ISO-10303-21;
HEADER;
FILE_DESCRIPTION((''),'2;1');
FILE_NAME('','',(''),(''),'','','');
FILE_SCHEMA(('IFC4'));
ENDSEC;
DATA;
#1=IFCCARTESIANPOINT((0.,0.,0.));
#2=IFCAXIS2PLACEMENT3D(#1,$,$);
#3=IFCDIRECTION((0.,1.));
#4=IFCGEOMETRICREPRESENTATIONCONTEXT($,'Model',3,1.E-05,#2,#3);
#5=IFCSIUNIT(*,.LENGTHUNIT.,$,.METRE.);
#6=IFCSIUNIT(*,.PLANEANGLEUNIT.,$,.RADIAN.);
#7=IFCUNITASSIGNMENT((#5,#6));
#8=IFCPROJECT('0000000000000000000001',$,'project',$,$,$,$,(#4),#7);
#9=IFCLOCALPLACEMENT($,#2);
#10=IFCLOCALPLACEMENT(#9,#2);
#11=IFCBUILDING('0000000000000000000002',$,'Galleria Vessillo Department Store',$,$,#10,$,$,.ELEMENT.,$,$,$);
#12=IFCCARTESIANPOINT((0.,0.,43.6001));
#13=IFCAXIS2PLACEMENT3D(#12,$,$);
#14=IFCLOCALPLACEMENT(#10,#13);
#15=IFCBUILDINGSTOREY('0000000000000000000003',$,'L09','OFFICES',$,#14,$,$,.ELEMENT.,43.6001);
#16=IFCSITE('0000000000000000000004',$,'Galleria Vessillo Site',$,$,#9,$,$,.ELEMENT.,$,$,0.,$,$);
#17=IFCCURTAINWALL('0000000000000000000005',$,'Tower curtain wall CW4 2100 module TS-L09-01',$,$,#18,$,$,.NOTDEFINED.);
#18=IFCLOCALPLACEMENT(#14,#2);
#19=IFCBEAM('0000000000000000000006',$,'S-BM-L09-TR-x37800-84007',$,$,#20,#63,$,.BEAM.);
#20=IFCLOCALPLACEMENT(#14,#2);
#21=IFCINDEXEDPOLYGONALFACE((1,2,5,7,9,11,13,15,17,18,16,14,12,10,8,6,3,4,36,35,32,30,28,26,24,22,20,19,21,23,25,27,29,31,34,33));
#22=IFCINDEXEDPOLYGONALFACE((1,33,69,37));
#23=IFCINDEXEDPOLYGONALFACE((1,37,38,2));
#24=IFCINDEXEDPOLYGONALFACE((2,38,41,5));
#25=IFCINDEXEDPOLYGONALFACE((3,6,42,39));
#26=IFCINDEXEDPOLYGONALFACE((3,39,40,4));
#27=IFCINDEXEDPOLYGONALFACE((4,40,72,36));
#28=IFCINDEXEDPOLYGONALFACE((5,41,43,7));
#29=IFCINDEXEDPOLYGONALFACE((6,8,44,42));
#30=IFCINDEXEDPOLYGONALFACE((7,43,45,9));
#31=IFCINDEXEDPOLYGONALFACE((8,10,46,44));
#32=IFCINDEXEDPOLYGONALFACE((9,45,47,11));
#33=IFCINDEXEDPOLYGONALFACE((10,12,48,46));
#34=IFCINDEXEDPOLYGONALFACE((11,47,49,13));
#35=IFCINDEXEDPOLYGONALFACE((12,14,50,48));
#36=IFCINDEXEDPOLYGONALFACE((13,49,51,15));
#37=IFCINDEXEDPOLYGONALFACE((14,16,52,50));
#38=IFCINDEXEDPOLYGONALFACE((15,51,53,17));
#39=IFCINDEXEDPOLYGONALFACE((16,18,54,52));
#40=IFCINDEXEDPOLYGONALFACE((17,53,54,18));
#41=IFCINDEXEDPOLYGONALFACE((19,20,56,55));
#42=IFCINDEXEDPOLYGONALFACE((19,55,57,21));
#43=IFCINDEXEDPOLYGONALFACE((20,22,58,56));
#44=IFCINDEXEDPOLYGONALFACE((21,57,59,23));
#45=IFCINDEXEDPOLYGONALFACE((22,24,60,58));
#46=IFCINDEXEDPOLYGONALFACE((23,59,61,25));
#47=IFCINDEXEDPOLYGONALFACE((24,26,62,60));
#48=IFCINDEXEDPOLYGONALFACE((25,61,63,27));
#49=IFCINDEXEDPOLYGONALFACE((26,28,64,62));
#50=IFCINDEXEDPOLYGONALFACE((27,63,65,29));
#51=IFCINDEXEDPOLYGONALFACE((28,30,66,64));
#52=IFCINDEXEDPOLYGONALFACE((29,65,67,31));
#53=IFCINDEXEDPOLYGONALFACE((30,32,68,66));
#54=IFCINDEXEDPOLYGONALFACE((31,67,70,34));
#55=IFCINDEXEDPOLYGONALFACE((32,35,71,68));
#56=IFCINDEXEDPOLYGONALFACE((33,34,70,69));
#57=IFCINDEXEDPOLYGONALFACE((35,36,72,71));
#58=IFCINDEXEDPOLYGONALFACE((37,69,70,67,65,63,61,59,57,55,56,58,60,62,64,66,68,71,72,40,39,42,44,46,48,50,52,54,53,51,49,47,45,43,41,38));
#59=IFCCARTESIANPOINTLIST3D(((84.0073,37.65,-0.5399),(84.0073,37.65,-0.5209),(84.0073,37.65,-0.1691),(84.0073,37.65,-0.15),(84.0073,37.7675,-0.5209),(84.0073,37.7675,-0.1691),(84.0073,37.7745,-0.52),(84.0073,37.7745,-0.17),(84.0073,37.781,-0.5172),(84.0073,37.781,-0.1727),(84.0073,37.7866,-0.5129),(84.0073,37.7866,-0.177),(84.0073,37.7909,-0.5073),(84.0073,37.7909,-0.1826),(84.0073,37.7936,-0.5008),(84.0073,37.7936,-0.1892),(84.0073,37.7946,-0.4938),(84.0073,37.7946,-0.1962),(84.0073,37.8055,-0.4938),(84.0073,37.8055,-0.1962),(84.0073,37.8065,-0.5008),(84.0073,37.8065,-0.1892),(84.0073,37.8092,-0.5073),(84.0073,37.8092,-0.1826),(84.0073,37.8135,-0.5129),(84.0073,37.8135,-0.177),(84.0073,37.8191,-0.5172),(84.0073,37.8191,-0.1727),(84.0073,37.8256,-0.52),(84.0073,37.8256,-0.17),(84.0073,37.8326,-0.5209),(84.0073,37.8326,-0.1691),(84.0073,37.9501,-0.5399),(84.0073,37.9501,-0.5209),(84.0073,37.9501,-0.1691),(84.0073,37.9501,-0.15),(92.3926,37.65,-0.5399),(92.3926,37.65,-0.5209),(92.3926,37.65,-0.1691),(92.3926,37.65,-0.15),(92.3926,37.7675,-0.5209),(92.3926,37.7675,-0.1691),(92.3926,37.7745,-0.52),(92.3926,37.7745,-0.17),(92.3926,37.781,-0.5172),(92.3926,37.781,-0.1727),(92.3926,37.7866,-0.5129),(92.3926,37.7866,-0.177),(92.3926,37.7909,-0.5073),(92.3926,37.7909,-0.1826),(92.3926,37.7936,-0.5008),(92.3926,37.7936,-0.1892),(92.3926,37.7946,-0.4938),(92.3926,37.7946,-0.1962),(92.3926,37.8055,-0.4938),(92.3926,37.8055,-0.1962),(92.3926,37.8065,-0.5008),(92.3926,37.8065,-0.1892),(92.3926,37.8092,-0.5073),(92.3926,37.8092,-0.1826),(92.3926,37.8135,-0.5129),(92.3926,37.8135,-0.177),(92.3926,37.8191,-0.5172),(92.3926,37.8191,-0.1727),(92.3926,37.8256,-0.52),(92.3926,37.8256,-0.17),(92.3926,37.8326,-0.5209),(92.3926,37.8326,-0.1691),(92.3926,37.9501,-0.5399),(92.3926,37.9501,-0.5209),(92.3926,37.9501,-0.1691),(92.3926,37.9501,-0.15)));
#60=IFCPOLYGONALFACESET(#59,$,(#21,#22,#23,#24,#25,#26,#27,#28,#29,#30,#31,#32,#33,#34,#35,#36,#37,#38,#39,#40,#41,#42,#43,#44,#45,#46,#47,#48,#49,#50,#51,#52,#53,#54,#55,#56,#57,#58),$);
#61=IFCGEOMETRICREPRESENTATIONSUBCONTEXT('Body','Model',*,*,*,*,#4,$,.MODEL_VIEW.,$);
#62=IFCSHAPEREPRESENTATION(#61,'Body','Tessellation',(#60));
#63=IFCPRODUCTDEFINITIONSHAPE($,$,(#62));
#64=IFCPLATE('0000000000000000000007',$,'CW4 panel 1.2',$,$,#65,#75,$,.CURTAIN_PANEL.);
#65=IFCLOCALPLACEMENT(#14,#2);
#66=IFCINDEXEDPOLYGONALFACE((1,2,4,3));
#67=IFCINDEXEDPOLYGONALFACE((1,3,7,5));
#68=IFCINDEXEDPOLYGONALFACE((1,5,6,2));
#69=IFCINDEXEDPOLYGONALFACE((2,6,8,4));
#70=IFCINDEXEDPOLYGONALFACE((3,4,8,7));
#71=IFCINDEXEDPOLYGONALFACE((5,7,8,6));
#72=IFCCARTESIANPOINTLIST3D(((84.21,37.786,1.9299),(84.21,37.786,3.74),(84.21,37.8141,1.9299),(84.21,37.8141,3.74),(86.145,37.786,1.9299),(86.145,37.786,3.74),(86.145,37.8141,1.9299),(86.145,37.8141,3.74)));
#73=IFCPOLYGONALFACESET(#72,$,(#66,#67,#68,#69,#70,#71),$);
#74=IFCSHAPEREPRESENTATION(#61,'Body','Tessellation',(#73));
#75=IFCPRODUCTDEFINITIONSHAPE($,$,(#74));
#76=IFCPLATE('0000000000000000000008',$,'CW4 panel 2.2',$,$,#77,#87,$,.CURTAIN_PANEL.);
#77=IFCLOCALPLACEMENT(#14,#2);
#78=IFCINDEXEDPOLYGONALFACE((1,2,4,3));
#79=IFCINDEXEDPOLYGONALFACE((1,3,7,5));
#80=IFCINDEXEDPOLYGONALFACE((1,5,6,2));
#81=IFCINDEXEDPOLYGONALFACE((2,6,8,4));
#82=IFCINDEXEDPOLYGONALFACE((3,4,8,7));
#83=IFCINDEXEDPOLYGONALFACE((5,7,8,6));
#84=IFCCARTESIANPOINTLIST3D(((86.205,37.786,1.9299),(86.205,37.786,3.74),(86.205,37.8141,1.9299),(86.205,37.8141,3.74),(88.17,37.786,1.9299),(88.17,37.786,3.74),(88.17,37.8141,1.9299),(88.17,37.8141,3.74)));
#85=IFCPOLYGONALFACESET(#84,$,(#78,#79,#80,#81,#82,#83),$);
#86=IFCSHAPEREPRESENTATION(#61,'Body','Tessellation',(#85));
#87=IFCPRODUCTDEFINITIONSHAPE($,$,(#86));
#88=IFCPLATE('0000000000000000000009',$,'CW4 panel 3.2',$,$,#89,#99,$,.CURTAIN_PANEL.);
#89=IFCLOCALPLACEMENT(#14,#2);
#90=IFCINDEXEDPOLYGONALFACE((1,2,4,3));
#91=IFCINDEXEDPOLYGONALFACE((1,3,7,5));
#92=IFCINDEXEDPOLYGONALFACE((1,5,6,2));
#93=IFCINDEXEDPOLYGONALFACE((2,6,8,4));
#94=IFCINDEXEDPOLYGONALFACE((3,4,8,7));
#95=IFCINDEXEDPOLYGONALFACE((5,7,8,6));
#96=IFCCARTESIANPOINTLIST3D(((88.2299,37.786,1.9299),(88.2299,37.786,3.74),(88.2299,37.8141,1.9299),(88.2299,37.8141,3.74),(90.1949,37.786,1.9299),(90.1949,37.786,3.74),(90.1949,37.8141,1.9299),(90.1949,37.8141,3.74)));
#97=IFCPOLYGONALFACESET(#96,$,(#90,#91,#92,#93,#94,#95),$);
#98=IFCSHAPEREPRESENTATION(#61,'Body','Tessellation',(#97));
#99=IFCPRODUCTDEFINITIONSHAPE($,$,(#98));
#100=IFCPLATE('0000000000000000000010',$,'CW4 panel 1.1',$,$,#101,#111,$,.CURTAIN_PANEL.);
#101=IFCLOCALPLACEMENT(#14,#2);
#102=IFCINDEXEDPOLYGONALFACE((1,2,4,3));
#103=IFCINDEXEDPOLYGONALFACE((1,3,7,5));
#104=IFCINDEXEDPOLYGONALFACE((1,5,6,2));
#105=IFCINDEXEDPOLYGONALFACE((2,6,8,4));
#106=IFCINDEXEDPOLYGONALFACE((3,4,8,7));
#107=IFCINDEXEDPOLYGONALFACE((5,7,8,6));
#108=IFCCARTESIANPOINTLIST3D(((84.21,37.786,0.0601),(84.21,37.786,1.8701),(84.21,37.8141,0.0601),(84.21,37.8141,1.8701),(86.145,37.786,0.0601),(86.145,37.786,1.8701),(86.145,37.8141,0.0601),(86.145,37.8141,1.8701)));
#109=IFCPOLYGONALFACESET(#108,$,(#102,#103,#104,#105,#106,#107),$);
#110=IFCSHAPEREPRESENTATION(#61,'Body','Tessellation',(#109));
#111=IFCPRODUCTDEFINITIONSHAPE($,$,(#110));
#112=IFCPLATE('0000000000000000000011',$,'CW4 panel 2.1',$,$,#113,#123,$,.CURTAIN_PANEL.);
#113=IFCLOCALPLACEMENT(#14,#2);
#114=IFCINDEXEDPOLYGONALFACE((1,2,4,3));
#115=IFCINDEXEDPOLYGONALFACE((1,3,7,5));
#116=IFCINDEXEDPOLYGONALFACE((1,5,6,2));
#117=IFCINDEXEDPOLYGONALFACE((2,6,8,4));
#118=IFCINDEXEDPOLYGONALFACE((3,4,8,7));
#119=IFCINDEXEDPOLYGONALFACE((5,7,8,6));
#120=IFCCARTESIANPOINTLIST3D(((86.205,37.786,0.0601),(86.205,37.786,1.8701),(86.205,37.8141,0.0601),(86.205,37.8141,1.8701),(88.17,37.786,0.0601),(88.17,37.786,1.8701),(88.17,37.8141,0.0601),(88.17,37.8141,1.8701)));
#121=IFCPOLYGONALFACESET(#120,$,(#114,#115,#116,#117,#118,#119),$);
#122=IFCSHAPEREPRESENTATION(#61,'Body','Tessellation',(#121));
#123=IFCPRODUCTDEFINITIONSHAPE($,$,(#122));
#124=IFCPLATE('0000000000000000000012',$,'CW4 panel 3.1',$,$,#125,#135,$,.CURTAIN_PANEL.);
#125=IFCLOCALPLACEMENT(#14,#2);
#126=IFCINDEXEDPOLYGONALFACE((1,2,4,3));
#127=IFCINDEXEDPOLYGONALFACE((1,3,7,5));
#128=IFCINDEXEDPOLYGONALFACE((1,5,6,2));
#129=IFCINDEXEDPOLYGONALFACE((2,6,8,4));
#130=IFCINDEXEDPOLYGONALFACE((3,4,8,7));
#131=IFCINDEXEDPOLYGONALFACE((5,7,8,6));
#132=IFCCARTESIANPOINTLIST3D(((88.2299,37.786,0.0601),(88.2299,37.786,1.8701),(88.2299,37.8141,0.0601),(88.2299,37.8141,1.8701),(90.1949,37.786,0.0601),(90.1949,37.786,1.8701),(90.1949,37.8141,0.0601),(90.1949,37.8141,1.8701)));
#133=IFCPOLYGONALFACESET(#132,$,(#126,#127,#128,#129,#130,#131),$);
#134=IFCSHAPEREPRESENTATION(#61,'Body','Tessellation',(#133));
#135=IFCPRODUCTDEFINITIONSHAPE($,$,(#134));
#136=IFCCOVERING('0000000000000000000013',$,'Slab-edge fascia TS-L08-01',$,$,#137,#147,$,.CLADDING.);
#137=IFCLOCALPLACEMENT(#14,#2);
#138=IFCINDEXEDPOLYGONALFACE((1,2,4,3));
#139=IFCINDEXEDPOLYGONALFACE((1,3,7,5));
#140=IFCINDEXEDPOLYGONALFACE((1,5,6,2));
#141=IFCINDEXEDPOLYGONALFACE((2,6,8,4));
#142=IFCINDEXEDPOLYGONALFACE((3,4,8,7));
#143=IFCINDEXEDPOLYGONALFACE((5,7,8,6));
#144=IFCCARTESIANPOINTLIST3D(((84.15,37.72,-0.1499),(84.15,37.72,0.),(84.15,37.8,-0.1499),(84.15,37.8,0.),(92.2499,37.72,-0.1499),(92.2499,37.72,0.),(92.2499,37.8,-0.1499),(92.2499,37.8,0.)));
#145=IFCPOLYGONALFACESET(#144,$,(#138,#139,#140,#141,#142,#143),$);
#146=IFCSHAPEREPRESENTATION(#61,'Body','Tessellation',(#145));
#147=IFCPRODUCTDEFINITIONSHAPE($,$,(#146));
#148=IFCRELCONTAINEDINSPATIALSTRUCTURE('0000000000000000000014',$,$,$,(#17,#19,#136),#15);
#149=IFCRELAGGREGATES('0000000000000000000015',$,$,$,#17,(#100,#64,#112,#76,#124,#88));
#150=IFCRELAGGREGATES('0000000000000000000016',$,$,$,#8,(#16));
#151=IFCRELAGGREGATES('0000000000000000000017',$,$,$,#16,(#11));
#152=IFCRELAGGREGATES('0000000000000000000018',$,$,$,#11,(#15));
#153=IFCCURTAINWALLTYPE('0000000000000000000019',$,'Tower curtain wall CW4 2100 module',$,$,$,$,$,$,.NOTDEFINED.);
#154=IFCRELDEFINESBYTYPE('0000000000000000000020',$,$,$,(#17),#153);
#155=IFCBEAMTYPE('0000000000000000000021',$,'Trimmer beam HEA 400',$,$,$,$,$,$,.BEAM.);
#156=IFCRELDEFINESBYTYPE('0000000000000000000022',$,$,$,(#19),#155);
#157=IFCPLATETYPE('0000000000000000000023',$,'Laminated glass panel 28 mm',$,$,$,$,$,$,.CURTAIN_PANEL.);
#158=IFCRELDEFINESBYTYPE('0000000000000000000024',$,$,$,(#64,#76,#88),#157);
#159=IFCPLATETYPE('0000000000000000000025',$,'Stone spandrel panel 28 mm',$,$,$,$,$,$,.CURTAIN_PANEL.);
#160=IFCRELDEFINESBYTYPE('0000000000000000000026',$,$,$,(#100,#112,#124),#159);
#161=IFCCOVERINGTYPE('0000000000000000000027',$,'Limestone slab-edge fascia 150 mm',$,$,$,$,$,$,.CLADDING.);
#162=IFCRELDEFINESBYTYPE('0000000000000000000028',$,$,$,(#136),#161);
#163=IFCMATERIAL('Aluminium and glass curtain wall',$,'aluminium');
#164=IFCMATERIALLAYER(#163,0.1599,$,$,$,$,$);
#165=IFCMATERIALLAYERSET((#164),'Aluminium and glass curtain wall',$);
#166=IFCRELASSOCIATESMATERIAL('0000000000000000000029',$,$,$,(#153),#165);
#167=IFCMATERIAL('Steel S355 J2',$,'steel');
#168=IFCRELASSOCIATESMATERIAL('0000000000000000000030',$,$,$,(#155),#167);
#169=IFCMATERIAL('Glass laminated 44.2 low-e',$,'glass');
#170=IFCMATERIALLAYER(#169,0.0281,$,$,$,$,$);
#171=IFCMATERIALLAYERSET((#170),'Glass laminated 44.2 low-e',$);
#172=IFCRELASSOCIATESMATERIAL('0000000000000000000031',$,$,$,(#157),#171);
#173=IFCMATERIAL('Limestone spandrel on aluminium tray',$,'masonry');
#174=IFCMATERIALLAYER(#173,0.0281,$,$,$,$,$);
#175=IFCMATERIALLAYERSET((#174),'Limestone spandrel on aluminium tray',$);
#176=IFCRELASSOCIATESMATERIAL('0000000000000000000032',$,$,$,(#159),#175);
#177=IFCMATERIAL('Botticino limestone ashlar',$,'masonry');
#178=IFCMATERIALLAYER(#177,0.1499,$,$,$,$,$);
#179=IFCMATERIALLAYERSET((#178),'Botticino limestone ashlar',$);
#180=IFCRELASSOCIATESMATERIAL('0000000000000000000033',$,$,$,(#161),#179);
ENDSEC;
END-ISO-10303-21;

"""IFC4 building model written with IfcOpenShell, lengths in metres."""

from ifc_helpers import new_model, si_unit, direction, frame, origin, origin_2d, place, context, subcontext, project, spatial, rectangle, i_section, extrude, material, layer, layer_set, material_profile, profile_set, type_object, element, aggregate, save


model = new_model("IFC4")

# Units and contexts
model_context = context("Model", 3, precision=1e-05, world=origin(), true_north=direction((0.0, 1.0)))
body_context = subcontext(model_context, "Body", "Model", "MODEL_VIEW")
ifc_project = project(units=[si_unit("LENGTHUNIT", "METRE"), si_unit("PLANEANGLEUNIT", "RADIAN")], contexts=[model_context])

# Site, building, storey
site_placement = place(None, origin())
site = spatial("IfcSite", under=ifc_project, at=site_placement, Name="Galleria Vessillo Site", CompositionType="ELEMENT", RefElevation=0.0)
building_placement = place(site_placement, origin())
building = spatial("IfcBuilding", under=site, at=building_placement, Name="Galleria Vessillo Department Store", CompositionType="ELEMENT")
storey_placement = place(building_placement, frame((0.0, 0.0, 43.6001)))
storey = spatial("IfcBuildingStorey", under=building, at=storey_placement, Name="L09", Description="OFFICES", CompositionType="ELEMENT", Elevation=43.6001)

# Curtain wall
ifc_material_1 = material(Name="Aluminium and glass curtain wall", Category="aluminium")
ifc_layer_1 = layer(ifc_material_1, 0.1599)
ifc_layer_set_1 = layer_set([ifc_layer_1], Name="Aluminium and glass curtain wall")
curtain_wall_type = type_object("IfcCurtainWallType", Name="Tower curtain wall CW4 2100 module", PredefinedType="NOTDEFINED", material=ifc_layer_set_1)
curtain_wall_placement = place(storey_placement, origin())
curtain_wall = element("IfcCurtainWall", 1, at=curtain_wall_placement, inside=storey, type_object=curtain_wall_type, Name="Tower curtain wall CW4 2100 module TS-L09-01", PredefinedType="NOTDEFINED")

# Beam
ifc_material_2 = material(Name="Steel S355 J2", Category="steel")
ifc_material_profile_1 = material_profile(ifc_material_2, i_section(OverallWidth=0.3, OverallDepth=0.3899, WebThickness=0.011, FlangeThickness=0.019, FilletRadius=0.0271, at=origin_2d()), Name="HEA 400")
ifc_profile_set_1 = profile_set([ifc_material_profile_1], Name="Steel S355 J2")
beam_type = type_object("IfcBeamType", Name="Trimmer beam HEA 400", PredefinedType="BEAM", material=ifc_profile_set_1)
beam_placement = place(storey_placement, frame((84.0073, 37.8, -0.345), z_axis=(1.0, 0.0, 0.0), x_axis=(0.0, 1.0, 0.0)))
element("IfcBeam", 2, at=beam_placement, inside=storey, type_object=beam_type, Name="S-BM-L09-TR-x37800-84007", PredefinedType="BEAM", context=body_context, shape_type="SweptSolid", body=[
    extrude(i_section(OverallWidth=0.3, OverallDepth=0.3899, WebThickness=0.011, FlangeThickness=0.019, FilletRadius=0.0271, at=origin_2d()), origin(), (0.0, 0.0, 1.0), 8.3853),
])

# Plates
ifc_material_3 = material(Name="Glass laminated 44.2 low-e", Category="glass")
ifc_layer_2 = layer(ifc_material_3, 0.0281)
ifc_layer_set_2 = layer_set([ifc_layer_2], Name="Glass laminated 44.2 low-e")
plate_type_1 = type_object("IfcPlateType", Name="Laminated glass panel 28 mm", PredefinedType="CURTAIN_PANEL", material=ifc_layer_set_2)
plate_1_placement = place(storey_placement, frame((85.1775, 37.8, 1.9299), z_axis=(0.0, 0.0, 1.0), x_axis=(1.0, 0.0, 0.0)))
plate_1 = element("IfcPlate", 3, at=plate_1_placement, type_object=plate_type_1, Name="CW4 panel 1.2", PredefinedType="CURTAIN_PANEL", context=body_context, shape_type="SweptSolid", body=[
    extrude(rectangle(XDim=1.9351, YDim=0.0281, at=origin_2d()), origin(), (0.0, 0.0, 1.0), 1.8101),
])
plate_2_placement = place(storey_placement, frame((87.1875, 37.8, 1.9299), z_axis=(0.0, 0.0, 1.0), x_axis=(1.0, 0.0, 0.0)))
plate_2 = element("IfcPlate", 4, at=plate_2_placement, type_object=plate_type_1, Name="CW4 panel 2.2", PredefinedType="CURTAIN_PANEL", context=body_context, shape_type="SweptSolid", body=[
    extrude(rectangle(XDim=1.9651, YDim=0.0281, at=origin_2d()), origin(), (0.0, 0.0, 1.0), 1.8101),
])
plate_3_placement = place(storey_placement, frame((89.2124, 37.8, 1.9299), z_axis=(0.0, 0.0, 1.0), x_axis=(1.0, 0.0, 0.0)))
plate_3 = element("IfcPlate", 5, at=plate_3_placement, type_object=plate_type_1, Name="CW4 panel 3.2", PredefinedType="CURTAIN_PANEL", context=body_context, shape_type="SweptSolid", body=[
    extrude(rectangle(XDim=1.9651, YDim=0.0281, at=origin_2d()), origin(), (0.0, 0.0, 1.0), 1.8101),
])
ifc_material_4 = material(Name="Limestone spandrel on aluminium tray", Category="masonry")
ifc_layer_3 = layer(ifc_material_4, 0.0281)
ifc_layer_set_3 = layer_set([ifc_layer_3], Name="Limestone spandrel on aluminium tray")
plate_type_2 = type_object("IfcPlateType", Name="Stone spandrel panel 28 mm", PredefinedType="CURTAIN_PANEL", material=ifc_layer_set_3)
plate_4_placement = place(storey_placement, frame((85.1775, 37.8, 0.0601), z_axis=(0.0, 0.0, 1.0), x_axis=(1.0, 0.0, 0.0)))
plate_4 = element("IfcPlate", 6, at=plate_4_placement, type_object=plate_type_2, Name="CW4 panel 1.1", PredefinedType="CURTAIN_PANEL", context=body_context, shape_type="SweptSolid", body=[
    extrude(rectangle(XDim=1.9351, YDim=0.0281, at=origin_2d()), origin(), (0.0, 0.0, 1.0), 1.8101),
])
plate_5_placement = place(storey_placement, frame((87.1875, 37.8, 0.0601), z_axis=(0.0, 0.0, 1.0), x_axis=(1.0, 0.0, 0.0)))
plate_5 = element("IfcPlate", 7, at=plate_5_placement, type_object=plate_type_2, Name="CW4 panel 2.1", PredefinedType="CURTAIN_PANEL", context=body_context, shape_type="SweptSolid", body=[
    extrude(rectangle(XDim=1.9651, YDim=0.0281, at=origin_2d()), origin(), (0.0, 0.0, 1.0), 1.8101),
])
plate_6_placement = place(storey_placement, frame((89.2124, 37.8, 0.0601), z_axis=(0.0, 0.0, 1.0), x_axis=(1.0, 0.0, 0.0)))
plate_6 = element("IfcPlate", 8, at=plate_6_placement, type_object=plate_type_2, Name="CW4 panel 3.1", PredefinedType="CURTAIN_PANEL", context=body_context, shape_type="SweptSolid", body=[
    extrude(rectangle(XDim=1.9651, YDim=0.0281, at=origin_2d()), origin(), (0.0, 0.0, 1.0), 1.8101),
])
aggregate(curtain_wall, [plate_4, plate_1, plate_5, plate_2, plate_6, plate_3])

# Covering
ifc_material_5 = material(Name="Botticino limestone ashlar", Category="masonry")
ifc_layer_4 = layer(ifc_material_5, 0.1499)
ifc_layer_set_4 = layer_set([ifc_layer_4], Name="Botticino limestone ashlar")
covering_type = type_object("IfcCoveringType", Name="Limestone slab-edge fascia 150 mm", PredefinedType="CLADDING", material=ifc_layer_set_4)
covering_placement = place(storey_placement, frame((88.2, 37.76, -0.1499), z_axis=(0.0, 0.0, 1.0), x_axis=(1.0, 0.0, 0.0)))
element("IfcCovering", 9, at=covering_placement, inside=storey, type_object=covering_type, Name="Slab-edge fascia TS-L08-01", PredefinedType="CLADDING", context=body_context, shape_type="SweptSolid", body=[
    extrude(rectangle(XDim=8.0999, YDim=0.0801, at=origin_2d()), origin(), (0.0, 0.0, 1.0), 0.1499),
])

save(model, "model.ifc")
